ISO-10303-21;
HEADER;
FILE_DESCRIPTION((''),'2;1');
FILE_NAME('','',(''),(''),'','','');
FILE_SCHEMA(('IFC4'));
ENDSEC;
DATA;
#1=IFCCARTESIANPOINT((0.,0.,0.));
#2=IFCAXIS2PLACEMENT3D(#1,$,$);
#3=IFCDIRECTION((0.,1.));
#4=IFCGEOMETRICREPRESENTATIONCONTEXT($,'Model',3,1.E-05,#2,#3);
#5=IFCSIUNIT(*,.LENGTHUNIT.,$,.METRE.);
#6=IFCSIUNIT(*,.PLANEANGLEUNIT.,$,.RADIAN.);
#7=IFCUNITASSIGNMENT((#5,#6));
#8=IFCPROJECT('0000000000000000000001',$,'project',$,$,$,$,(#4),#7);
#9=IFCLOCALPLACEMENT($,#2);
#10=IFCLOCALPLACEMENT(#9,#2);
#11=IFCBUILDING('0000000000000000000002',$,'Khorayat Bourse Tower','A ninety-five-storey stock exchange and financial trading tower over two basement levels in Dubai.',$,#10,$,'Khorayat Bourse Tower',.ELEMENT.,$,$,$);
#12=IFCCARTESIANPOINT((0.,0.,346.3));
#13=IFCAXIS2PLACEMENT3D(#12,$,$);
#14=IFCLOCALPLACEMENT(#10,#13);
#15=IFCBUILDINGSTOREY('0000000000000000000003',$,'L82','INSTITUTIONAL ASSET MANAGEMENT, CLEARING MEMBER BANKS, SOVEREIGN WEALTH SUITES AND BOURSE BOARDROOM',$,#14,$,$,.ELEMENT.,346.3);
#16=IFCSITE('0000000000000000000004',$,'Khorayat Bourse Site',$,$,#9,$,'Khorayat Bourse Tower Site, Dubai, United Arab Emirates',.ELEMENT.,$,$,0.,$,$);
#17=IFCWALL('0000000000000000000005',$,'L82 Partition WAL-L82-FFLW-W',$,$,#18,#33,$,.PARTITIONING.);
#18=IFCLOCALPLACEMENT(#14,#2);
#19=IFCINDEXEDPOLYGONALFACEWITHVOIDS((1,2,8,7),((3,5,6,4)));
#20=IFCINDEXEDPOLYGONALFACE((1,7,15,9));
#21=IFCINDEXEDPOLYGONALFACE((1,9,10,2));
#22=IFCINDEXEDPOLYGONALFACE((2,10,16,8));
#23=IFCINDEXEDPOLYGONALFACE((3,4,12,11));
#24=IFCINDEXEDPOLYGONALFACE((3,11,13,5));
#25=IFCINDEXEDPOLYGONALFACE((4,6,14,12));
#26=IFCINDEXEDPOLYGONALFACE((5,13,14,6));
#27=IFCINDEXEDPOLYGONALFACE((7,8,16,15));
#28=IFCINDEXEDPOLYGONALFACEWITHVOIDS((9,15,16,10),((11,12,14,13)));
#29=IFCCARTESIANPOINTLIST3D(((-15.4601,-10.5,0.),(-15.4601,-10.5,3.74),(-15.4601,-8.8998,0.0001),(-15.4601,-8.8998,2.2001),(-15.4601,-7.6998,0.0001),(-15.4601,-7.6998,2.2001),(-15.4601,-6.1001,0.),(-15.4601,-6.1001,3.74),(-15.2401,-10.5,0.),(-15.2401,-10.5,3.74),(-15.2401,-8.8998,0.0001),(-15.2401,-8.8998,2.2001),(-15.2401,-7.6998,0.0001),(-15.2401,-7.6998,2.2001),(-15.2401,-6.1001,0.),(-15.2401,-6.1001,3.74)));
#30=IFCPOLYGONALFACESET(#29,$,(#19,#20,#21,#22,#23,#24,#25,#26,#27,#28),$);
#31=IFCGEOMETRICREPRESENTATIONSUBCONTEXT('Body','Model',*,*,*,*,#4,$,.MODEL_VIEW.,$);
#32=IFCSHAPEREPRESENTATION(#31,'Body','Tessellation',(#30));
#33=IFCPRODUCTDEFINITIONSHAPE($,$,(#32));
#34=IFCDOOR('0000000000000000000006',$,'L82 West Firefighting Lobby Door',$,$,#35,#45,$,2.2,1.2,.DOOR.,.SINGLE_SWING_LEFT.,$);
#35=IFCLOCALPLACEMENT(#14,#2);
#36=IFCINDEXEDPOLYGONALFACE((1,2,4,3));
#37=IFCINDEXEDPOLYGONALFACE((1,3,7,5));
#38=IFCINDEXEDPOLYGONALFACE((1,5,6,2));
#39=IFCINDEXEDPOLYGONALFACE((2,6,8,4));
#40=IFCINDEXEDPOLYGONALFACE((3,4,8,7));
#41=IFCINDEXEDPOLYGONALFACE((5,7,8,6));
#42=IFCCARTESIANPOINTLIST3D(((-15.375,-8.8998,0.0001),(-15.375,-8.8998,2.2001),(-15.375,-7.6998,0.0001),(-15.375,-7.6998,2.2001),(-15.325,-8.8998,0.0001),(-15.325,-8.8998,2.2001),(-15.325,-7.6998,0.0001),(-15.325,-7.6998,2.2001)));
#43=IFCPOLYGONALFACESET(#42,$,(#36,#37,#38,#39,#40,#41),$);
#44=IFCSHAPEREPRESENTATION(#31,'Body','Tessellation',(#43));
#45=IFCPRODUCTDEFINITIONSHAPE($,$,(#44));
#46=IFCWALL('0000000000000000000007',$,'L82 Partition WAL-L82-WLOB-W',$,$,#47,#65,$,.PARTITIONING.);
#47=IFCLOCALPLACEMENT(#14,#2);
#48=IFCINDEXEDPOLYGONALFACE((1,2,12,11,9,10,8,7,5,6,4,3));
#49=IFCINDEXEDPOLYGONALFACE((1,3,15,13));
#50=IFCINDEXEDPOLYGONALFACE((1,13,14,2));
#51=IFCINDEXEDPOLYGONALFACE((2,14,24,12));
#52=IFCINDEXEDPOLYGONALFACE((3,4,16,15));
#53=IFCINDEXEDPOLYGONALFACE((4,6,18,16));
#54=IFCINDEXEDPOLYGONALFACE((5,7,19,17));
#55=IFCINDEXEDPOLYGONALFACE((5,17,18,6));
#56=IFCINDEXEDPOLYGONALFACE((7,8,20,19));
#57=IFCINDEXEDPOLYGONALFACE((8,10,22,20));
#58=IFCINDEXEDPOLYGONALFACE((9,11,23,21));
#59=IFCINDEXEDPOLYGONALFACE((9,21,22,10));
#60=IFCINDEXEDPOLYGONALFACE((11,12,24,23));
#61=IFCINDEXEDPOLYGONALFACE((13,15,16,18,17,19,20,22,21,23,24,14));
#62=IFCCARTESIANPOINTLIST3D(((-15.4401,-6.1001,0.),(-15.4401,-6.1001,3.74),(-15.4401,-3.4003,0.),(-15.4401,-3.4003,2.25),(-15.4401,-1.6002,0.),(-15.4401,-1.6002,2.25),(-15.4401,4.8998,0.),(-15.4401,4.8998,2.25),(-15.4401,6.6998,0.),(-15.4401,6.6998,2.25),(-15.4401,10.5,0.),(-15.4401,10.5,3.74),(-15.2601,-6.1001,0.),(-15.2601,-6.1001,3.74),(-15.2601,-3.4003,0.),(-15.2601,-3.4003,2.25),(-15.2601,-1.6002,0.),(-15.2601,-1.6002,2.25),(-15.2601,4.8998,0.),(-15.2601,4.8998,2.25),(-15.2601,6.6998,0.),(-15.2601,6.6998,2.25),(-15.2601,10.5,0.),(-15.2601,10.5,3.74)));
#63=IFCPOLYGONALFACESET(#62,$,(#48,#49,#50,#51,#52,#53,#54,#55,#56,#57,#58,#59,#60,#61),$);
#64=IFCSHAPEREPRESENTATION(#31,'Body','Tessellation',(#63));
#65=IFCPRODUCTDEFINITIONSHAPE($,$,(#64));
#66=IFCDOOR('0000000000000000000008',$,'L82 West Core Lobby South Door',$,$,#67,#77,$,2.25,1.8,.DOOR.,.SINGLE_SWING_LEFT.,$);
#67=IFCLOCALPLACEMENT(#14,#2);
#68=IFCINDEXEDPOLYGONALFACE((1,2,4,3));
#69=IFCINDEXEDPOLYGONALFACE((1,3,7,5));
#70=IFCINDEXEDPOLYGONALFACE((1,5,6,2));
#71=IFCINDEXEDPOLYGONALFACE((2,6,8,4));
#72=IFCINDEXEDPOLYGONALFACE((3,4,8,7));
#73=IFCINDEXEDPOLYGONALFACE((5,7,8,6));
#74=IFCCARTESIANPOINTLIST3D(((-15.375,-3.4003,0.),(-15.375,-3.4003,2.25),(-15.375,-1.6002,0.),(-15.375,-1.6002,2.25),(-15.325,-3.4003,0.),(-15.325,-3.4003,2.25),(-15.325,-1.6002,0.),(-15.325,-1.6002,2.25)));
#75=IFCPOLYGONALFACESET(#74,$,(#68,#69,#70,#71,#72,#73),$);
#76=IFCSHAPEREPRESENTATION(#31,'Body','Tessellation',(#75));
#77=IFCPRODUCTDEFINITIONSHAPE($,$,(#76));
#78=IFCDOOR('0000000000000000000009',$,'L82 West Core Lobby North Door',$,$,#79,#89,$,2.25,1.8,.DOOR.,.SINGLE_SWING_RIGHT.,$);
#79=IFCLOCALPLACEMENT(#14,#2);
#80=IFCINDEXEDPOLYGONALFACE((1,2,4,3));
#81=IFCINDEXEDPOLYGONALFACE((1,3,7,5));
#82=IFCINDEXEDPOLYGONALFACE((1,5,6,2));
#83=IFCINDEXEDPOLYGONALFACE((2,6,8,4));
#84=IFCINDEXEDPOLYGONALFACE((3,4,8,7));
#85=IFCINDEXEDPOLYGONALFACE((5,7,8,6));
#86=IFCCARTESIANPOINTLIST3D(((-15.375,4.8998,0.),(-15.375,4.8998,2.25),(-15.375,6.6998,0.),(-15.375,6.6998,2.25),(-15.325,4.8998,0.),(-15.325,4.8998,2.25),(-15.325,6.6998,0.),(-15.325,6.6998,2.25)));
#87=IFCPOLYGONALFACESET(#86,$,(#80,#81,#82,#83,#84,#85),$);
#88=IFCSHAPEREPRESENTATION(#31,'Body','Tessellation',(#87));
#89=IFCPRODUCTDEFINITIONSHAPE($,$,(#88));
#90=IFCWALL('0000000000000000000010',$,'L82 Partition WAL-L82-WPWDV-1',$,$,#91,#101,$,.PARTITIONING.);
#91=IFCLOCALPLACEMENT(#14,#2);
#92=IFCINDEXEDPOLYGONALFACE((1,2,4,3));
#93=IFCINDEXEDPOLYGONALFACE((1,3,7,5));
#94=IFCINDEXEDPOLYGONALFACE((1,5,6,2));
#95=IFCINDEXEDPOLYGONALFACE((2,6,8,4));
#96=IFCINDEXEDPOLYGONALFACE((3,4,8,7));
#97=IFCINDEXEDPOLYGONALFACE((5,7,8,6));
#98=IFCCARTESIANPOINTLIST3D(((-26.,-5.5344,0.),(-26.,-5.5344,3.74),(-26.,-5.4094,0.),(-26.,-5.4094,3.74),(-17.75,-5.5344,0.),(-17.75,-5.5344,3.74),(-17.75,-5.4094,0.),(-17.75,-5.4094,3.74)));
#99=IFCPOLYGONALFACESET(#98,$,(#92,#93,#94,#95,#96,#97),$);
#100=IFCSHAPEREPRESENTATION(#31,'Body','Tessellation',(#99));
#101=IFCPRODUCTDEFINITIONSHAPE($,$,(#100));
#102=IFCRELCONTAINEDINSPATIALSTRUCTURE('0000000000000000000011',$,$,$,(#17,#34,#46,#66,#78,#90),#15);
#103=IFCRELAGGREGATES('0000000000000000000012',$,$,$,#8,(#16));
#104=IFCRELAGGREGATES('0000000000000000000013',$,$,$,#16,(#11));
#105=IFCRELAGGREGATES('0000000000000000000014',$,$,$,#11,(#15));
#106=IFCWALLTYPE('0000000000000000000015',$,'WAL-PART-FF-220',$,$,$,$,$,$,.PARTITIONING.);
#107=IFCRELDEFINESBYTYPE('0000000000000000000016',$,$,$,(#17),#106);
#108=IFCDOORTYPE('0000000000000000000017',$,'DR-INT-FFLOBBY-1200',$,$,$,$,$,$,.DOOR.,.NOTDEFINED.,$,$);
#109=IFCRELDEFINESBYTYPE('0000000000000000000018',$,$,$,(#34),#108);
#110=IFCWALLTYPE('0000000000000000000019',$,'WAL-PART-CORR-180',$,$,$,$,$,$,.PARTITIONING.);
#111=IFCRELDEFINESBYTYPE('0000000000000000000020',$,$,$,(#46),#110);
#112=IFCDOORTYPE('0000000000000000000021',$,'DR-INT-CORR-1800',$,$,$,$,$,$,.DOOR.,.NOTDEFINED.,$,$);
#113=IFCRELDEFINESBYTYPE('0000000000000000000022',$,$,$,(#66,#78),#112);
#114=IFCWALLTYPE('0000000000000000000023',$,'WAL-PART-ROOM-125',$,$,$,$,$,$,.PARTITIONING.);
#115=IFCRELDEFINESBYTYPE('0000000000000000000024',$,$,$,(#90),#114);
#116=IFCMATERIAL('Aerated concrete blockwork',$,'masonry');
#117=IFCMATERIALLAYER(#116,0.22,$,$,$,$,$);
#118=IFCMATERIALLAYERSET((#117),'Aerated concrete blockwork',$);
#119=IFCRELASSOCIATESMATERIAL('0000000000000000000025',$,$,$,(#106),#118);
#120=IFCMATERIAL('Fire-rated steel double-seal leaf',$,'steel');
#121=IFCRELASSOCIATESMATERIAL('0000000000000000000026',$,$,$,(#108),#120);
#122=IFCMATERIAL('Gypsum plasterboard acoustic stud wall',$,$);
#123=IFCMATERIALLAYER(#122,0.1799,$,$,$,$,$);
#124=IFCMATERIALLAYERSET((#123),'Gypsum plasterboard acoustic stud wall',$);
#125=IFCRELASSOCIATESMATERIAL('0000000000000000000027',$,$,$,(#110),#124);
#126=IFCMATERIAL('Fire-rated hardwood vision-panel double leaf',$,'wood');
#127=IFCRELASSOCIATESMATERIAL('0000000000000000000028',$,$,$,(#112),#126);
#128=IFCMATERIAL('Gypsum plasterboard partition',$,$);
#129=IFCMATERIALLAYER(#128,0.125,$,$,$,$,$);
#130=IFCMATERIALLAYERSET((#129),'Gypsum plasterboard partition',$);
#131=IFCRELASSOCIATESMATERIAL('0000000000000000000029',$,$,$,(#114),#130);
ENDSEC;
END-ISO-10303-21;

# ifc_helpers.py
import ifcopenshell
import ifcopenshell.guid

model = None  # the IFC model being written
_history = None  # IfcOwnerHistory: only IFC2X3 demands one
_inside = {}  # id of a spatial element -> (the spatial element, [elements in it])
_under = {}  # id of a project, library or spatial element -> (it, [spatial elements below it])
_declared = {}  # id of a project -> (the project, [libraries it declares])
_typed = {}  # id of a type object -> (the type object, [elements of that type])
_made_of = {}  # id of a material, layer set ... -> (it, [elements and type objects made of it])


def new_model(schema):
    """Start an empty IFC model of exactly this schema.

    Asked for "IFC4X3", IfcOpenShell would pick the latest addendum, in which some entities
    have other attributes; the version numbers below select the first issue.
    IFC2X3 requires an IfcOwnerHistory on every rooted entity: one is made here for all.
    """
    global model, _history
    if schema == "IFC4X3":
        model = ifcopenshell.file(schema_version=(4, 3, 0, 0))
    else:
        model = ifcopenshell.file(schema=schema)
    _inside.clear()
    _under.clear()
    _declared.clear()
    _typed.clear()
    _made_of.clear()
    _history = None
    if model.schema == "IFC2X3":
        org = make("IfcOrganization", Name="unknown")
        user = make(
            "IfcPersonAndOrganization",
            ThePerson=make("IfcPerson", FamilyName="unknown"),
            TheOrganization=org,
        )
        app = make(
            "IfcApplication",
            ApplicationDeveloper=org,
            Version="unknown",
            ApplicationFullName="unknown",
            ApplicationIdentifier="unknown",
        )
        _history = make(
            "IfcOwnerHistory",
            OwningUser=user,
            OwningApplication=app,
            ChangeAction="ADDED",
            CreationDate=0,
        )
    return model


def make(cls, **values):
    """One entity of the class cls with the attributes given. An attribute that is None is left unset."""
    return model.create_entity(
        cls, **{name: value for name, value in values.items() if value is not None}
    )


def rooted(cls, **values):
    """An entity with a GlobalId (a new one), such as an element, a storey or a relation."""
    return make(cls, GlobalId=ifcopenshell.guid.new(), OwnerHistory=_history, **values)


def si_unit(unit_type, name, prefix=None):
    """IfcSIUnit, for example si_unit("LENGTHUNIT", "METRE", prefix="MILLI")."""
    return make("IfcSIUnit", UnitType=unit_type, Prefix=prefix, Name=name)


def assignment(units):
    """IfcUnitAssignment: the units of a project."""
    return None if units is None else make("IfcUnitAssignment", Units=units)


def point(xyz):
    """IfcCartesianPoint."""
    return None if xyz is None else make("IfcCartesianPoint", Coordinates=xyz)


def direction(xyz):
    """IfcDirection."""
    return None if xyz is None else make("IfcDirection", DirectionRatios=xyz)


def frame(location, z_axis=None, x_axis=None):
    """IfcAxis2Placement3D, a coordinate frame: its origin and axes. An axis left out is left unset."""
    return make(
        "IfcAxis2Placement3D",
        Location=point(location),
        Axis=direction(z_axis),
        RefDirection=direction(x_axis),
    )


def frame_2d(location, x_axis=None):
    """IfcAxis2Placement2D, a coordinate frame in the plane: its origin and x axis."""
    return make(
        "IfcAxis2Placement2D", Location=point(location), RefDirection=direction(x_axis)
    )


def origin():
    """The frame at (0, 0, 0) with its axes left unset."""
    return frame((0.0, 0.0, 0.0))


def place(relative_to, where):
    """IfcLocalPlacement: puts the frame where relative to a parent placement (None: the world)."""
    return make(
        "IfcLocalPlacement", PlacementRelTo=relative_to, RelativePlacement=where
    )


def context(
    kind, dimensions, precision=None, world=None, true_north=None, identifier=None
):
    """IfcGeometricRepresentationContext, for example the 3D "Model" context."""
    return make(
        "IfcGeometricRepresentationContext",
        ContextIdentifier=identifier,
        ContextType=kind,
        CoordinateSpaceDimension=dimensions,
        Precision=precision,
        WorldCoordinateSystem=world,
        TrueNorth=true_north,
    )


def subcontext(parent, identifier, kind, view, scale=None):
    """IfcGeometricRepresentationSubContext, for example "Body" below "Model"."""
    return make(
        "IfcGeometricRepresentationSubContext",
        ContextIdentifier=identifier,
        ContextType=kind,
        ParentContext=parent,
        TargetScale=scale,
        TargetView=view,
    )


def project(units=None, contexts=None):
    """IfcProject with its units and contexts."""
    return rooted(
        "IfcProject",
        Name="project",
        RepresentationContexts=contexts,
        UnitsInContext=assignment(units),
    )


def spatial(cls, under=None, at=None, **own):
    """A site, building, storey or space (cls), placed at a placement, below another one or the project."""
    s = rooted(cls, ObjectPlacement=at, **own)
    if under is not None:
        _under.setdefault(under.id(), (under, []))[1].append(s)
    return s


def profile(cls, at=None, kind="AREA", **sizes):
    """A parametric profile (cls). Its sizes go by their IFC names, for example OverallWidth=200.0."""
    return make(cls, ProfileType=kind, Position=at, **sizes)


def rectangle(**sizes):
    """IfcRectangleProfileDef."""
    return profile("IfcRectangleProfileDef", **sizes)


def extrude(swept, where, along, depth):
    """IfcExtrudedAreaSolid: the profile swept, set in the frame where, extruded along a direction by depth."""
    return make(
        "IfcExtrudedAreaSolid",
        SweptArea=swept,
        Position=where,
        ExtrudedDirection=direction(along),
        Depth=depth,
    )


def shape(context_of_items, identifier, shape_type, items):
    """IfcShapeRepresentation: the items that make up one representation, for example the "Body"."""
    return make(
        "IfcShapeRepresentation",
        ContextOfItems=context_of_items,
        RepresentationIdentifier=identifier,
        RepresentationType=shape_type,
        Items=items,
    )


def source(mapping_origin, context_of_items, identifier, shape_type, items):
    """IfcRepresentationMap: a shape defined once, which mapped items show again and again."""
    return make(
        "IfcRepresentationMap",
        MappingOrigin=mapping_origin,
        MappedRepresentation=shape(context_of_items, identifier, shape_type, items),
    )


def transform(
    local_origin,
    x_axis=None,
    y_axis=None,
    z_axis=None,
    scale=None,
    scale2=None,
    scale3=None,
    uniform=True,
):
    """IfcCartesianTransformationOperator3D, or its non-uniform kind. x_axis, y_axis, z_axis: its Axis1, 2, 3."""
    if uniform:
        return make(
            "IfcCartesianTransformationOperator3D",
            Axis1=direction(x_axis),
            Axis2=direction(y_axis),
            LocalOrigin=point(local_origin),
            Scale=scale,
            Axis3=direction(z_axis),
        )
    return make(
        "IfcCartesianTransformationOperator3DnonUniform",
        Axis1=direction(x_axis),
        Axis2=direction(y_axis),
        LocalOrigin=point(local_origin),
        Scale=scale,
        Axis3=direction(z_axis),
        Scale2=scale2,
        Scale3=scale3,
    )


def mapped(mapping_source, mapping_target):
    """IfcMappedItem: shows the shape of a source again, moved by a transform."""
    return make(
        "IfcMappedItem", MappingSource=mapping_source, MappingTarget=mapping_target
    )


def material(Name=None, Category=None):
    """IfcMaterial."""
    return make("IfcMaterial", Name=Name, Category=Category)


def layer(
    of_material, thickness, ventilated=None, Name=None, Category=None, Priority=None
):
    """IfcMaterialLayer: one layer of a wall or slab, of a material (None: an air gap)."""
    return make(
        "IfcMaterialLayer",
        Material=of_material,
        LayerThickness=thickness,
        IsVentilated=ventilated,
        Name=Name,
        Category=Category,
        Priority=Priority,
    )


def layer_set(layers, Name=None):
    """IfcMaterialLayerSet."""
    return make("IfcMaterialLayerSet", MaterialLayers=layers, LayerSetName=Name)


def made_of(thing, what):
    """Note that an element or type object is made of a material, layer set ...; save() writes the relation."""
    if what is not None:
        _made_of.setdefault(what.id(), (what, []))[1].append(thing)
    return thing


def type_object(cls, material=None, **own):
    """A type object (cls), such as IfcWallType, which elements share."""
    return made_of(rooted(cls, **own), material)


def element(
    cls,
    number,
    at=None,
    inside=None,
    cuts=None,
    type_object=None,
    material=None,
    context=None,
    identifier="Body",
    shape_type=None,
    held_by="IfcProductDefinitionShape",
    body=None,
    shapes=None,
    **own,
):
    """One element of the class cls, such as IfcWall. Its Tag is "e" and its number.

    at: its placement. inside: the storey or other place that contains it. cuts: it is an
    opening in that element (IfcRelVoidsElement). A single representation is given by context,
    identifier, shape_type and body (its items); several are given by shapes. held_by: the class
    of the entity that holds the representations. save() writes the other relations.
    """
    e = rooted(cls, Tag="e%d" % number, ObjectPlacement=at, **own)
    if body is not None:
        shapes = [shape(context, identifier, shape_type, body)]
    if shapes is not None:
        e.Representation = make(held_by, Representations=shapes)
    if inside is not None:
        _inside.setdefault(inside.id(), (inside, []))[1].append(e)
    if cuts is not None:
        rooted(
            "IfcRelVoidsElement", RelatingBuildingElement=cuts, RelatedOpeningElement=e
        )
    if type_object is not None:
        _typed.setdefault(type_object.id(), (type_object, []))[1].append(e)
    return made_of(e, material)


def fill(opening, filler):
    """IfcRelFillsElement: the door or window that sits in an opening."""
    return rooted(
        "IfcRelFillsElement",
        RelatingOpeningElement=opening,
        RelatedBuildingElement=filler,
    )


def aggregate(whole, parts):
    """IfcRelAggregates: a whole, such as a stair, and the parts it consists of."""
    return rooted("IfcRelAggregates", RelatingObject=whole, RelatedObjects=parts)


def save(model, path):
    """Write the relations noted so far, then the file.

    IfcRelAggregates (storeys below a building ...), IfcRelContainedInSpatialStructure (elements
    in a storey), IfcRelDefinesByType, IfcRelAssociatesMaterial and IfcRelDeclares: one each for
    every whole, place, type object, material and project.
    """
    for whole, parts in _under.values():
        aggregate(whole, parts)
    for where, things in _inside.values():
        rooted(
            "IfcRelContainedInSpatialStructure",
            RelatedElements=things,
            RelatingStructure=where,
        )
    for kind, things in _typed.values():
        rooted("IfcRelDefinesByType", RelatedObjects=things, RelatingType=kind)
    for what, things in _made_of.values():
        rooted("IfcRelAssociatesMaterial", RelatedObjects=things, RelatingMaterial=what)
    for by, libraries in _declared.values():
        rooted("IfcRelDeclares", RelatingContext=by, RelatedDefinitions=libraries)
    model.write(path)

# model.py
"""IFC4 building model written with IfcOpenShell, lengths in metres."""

from ifc_helpers import new_model, si_unit, direction, frame, frame_2d, origin, place, context, subcontext, project, spatial, rectangle, extrude, source, transform, mapped, material, layer, layer_set, type_object, element, fill, save


model = new_model("IFC4")

# Units and contexts
model_context = context("Model", 3, precision=1e-05, world=origin(), true_north=direction((0.0, 1.0)))
body_context = subcontext(model_context, "Body", "Model", "MODEL_VIEW")
ifc_project = project(units=[si_unit("LENGTHUNIT", "METRE"), si_unit("PLANEANGLEUNIT", "RADIAN")], contexts=[model_context])

# Site, building, storey
site_placement = place(None, origin())
site = spatial("IfcSite", under=ifc_project, at=site_placement, Name="Khorayat Bourse Site", LongName="Khorayat Bourse Tower Site, Dubai, United Arab Emirates", CompositionType="ELEMENT", RefElevation=0.0)
building_placement = place(site_placement, origin())
building = spatial("IfcBuilding", under=site, at=building_placement, Name="Khorayat Bourse Tower", Description="A ninety-five-storey stock exchange and financial trading tower over two basement levels in Dubai.", LongName="Khorayat Bourse Tower", CompositionType="ELEMENT")
storey_placement = place(building_placement, frame((0.0, 0.0, 346.3)))
storey = spatial("IfcBuildingStorey", under=building, at=storey_placement, Name="L82", Description="INSTITUTIONAL ASSET MANAGEMENT, CLEARING MEMBER BANKS, SOVEREIGN WEALTH SUITES AND BOURSE BOARDROOM", CompositionType="ELEMENT", Elevation=346.3)

# Shared definitions
ifc_material_1 = material(Name="Aerated concrete blockwork", Category="masonry")
ifc_layer_1 = layer(ifc_material_1, 0.22)
ifc_layer_set_1 = layer_set([ifc_layer_1], Name="Aerated concrete blockwork")
wall_type_1 = type_object("IfcWallType", Name="WAL-PART-FF-220", PredefinedType="PARTITIONING", material=ifc_layer_set_1)

# Wall, opening, door
shared_shape_1 = source(origin(), body_context, "Body", "SweptSolid", [
    extrude(rectangle(XDim=4.3999, YDim=0.22, at=frame_2d((2.2, 0.0))), origin(), (0.0, 0.0, 1.0), 3.74),
])
wall_1_placement = place(storey_placement, frame((-15.3501, -10.5, 0.0), z_axis=(0.0, 0.0, 1.0), x_axis=(0.0, 1.0, 0.0)))
wall_1 = element("IfcWall", 1, at=wall_1_placement, inside=storey, type_object=wall_type_1, Name="L82 Partition WAL-L82-FFLW-W", PredefinedType="PARTITIONING", context=body_context, shape_type="MappedRepresentation", body=[
    mapped(shared_shape_1, transform((0.0, 0.0, 0.0), scale=1.0)),
])
shared_shape_2 = source(origin(), body_context, "Body", "SweptSolid", [
    extrude(rectangle(XDim=1.2, YDim=2.2, at=frame_2d((0.6001, 1.1001))), frame((0.0, 0.1199, 0.0), z_axis=(0.0, -1.0, 0.0), x_axis=(1.0, 0.0, 0.0)), (0.0, 0.0, 1.0), 0.24),
])
opening_1_placement = place(wall_1_placement, frame((1.6001, 0.0, 0.0)))
opening_1 = element("IfcOpeningElement", 2, at=opening_1_placement, cuts=wall_1, PredefinedType="OPENING", context=body_context, shape_type="MappedRepresentation", body=[
    mapped(shared_shape_2, transform((0.0, 0.0, 0.0), scale=1.0)),
])
ifc_material_2 = material(Name="Fire-rated steel double-seal leaf", Category="steel")
door_type_1 = type_object("IfcDoorType", Name="DR-INT-FFLOBBY-1200", OperationType="NOTDEFINED", PredefinedType="DOOR", material=ifc_material_2)
shared_shape_3 = source(origin(), body_context, "Body", "SweptSolid", [
    extrude(rectangle(XDim=1.2, YDim=2.2, at=frame_2d((0.6001, 1.1001))), frame((0.0, 0.0249, 0.0), z_axis=(0.0, -1.0, 0.0), x_axis=(1.0, 0.0, 0.0)), (0.0, 0.0, 1.0), 0.05),
])
door_1_placement = place(opening_1_placement, origin())
door_1 = element("IfcDoor", 3, at=door_1_placement, inside=storey, type_object=door_type_1, Name="L82 West Firefighting Lobby Door", OperationType="SINGLE_SWING_LEFT", OverallHeight=2.2, OverallWidth=1.2, PredefinedType="DOOR", context=body_context, shape_type="MappedRepresentation", body=[
    mapped(shared_shape_3, transform((0.0, 0.0, 0.0), scale=1.0)),
])
fill(opening_1, door_1)

# Wall, openings, doors
ifc_material_3 = material(Name="Gypsum plasterboard acoustic stud wall")
ifc_layer_2 = layer(ifc_material_3, 0.1799)
ifc_layer_set_2 = layer_set([ifc_layer_2], Name="Gypsum plasterboard acoustic stud wall")
wall_type_2 = type_object("IfcWallType", Name="WAL-PART-CORR-180", PredefinedType="PARTITIONING", material=ifc_layer_set_2)
shared_shape_4 = source(origin(), body_context, "Body", "SweptSolid", [
    extrude(rectangle(XDim=16.6001, YDim=0.1799, at=frame_2d((8.3, 0.0))), origin(), (0.0, 0.0, 1.0), 3.74),
])
wall_2_placement = place(storey_placement, frame((-15.3501, -6.1001, 0.0), z_axis=(0.0, 0.0, 1.0), x_axis=(0.0, 1.0, 0.0)))
wall_2 = element("IfcWall", 4, at=wall_2_placement, inside=storey, type_object=wall_type_2, Name="L82 Partition WAL-L82-WLOB-W", PredefinedType="PARTITIONING", context=body_context, shape_type="MappedRepresentation", body=[
    mapped(shared_shape_4, transform((0.0, 0.0, 0.0), scale=1.0)),
])
shared_shape_5 = source(origin(), body_context, "Body", "SweptSolid", [
    extrude(rectangle(XDim=1.8, YDim=2.25, at=frame_2d((0.8999, 1.125))), frame((0.0, 0.0999, 0.0), z_axis=(0.0, -1.0, 0.0), x_axis=(1.0, 0.0, 0.0)), (0.0, 0.0, 1.0), 0.2),
])
opening_2_placement = place(wall_2_placement, frame((2.7, 0.0, 0.0)))
opening_2 = element("IfcOpeningElement", 5, at=opening_2_placement, cuts=wall_2, PredefinedType="OPENING", context=body_context, shape_type="MappedRepresentation", body=[
    mapped(shared_shape_5, transform((0.0, 0.0, 0.0), scale=1.0)),
])
opening_3_placement = place(wall_2_placement, frame((11.0, 0.0, 0.0)))
opening_3 = element("IfcOpeningElement", 6, at=opening_3_placement, cuts=wall_2, PredefinedType="OPENING", context=body_context, shape_type="MappedRepresentation", body=[
    mapped(shared_shape_5, transform((0.0, 0.0, 0.0), scale=1.0)),
])
ifc_material_4 = material(Name="Fire-rated hardwood vision-panel double leaf", Category="wood")
door_type_2 = type_object("IfcDoorType", Name="DR-INT-CORR-1800", OperationType="NOTDEFINED", PredefinedType="DOOR", material=ifc_material_4)
shared_shape_6 = source(origin(), body_context, "Body", "SweptSolid", [
    extrude(rectangle(XDim=1.8, YDim=2.25, at=frame_2d((0.8999, 1.125))), frame((0.0, 0.0249, 0.0), z_axis=(0.0, -1.0, 0.0), x_axis=(1.0, 0.0, 0.0)), (0.0, 0.0, 1.0), 0.05),
])
door_2_placement = place(opening_2_placement, origin())
door_2 = element("IfcDoor", 7, at=door_2_placement, inside=storey, type_object=door_type_2, Name="L82 West Core Lobby South Door", OperationType="SINGLE_SWING_LEFT", OverallHeight=2.25, OverallWidth=1.8, PredefinedType="DOOR", context=body_context, shape_type="MappedRepresentation", body=[
    mapped(shared_shape_6, transform((0.0, 0.0, 0.0), scale=1.0)),
])
fill(opening_2, door_2)
door_3_placement = place(opening_3_placement, origin())
door_3 = element("IfcDoor", 8, at=door_3_placement, inside=storey, type_object=door_type_2, Name="L82 West Core Lobby North Door", OperationType="SINGLE_SWING_RIGHT", OverallHeight=2.25, OverallWidth=1.8, PredefinedType="DOOR", context=body_context, shape_type="MappedRepresentation", body=[
    mapped(shared_shape_6, transform((0.0, 0.0, 0.0), scale=1.0)),
])
fill(opening_3, door_3)

# Wall
ifc_material_5 = material(Name="Gypsum plasterboard partition")
ifc_layer_3 = layer(ifc_material_5, 0.125)
ifc_layer_set_3 = layer_set([ifc_layer_3], Name="Gypsum plasterboard partition")
wall_type_3 = type_object("IfcWallType", Name="WAL-PART-ROOM-125", PredefinedType="PARTITIONING", material=ifc_layer_set_3)
shared_shape_7 = source(origin(), body_context, "Body", "SweptSolid", [
    extrude(rectangle(XDim=8.25, YDim=0.125, at=frame_2d((4.125, 0.0))), origin(), (0.0, 0.0, 1.0), 3.74),
])
wall_3_placement = place(storey_placement, frame((-26.0, -5.4719, 0.0), z_axis=(0.0, 0.0, 1.0), x_axis=(1.0, 0.0, 0.0)))
element("IfcWall", 9, at=wall_3_placement, inside=storey, type_object=wall_type_3, Name="L82 Partition WAL-L82-WPWDV-1", PredefinedType="PARTITIONING", context=body_context, shape_type="MappedRepresentation", body=[
    mapped(shared_shape_7, transform((0.0, 0.0, 0.0), scale=1.0)),
])

save(model, "model.ifc")
